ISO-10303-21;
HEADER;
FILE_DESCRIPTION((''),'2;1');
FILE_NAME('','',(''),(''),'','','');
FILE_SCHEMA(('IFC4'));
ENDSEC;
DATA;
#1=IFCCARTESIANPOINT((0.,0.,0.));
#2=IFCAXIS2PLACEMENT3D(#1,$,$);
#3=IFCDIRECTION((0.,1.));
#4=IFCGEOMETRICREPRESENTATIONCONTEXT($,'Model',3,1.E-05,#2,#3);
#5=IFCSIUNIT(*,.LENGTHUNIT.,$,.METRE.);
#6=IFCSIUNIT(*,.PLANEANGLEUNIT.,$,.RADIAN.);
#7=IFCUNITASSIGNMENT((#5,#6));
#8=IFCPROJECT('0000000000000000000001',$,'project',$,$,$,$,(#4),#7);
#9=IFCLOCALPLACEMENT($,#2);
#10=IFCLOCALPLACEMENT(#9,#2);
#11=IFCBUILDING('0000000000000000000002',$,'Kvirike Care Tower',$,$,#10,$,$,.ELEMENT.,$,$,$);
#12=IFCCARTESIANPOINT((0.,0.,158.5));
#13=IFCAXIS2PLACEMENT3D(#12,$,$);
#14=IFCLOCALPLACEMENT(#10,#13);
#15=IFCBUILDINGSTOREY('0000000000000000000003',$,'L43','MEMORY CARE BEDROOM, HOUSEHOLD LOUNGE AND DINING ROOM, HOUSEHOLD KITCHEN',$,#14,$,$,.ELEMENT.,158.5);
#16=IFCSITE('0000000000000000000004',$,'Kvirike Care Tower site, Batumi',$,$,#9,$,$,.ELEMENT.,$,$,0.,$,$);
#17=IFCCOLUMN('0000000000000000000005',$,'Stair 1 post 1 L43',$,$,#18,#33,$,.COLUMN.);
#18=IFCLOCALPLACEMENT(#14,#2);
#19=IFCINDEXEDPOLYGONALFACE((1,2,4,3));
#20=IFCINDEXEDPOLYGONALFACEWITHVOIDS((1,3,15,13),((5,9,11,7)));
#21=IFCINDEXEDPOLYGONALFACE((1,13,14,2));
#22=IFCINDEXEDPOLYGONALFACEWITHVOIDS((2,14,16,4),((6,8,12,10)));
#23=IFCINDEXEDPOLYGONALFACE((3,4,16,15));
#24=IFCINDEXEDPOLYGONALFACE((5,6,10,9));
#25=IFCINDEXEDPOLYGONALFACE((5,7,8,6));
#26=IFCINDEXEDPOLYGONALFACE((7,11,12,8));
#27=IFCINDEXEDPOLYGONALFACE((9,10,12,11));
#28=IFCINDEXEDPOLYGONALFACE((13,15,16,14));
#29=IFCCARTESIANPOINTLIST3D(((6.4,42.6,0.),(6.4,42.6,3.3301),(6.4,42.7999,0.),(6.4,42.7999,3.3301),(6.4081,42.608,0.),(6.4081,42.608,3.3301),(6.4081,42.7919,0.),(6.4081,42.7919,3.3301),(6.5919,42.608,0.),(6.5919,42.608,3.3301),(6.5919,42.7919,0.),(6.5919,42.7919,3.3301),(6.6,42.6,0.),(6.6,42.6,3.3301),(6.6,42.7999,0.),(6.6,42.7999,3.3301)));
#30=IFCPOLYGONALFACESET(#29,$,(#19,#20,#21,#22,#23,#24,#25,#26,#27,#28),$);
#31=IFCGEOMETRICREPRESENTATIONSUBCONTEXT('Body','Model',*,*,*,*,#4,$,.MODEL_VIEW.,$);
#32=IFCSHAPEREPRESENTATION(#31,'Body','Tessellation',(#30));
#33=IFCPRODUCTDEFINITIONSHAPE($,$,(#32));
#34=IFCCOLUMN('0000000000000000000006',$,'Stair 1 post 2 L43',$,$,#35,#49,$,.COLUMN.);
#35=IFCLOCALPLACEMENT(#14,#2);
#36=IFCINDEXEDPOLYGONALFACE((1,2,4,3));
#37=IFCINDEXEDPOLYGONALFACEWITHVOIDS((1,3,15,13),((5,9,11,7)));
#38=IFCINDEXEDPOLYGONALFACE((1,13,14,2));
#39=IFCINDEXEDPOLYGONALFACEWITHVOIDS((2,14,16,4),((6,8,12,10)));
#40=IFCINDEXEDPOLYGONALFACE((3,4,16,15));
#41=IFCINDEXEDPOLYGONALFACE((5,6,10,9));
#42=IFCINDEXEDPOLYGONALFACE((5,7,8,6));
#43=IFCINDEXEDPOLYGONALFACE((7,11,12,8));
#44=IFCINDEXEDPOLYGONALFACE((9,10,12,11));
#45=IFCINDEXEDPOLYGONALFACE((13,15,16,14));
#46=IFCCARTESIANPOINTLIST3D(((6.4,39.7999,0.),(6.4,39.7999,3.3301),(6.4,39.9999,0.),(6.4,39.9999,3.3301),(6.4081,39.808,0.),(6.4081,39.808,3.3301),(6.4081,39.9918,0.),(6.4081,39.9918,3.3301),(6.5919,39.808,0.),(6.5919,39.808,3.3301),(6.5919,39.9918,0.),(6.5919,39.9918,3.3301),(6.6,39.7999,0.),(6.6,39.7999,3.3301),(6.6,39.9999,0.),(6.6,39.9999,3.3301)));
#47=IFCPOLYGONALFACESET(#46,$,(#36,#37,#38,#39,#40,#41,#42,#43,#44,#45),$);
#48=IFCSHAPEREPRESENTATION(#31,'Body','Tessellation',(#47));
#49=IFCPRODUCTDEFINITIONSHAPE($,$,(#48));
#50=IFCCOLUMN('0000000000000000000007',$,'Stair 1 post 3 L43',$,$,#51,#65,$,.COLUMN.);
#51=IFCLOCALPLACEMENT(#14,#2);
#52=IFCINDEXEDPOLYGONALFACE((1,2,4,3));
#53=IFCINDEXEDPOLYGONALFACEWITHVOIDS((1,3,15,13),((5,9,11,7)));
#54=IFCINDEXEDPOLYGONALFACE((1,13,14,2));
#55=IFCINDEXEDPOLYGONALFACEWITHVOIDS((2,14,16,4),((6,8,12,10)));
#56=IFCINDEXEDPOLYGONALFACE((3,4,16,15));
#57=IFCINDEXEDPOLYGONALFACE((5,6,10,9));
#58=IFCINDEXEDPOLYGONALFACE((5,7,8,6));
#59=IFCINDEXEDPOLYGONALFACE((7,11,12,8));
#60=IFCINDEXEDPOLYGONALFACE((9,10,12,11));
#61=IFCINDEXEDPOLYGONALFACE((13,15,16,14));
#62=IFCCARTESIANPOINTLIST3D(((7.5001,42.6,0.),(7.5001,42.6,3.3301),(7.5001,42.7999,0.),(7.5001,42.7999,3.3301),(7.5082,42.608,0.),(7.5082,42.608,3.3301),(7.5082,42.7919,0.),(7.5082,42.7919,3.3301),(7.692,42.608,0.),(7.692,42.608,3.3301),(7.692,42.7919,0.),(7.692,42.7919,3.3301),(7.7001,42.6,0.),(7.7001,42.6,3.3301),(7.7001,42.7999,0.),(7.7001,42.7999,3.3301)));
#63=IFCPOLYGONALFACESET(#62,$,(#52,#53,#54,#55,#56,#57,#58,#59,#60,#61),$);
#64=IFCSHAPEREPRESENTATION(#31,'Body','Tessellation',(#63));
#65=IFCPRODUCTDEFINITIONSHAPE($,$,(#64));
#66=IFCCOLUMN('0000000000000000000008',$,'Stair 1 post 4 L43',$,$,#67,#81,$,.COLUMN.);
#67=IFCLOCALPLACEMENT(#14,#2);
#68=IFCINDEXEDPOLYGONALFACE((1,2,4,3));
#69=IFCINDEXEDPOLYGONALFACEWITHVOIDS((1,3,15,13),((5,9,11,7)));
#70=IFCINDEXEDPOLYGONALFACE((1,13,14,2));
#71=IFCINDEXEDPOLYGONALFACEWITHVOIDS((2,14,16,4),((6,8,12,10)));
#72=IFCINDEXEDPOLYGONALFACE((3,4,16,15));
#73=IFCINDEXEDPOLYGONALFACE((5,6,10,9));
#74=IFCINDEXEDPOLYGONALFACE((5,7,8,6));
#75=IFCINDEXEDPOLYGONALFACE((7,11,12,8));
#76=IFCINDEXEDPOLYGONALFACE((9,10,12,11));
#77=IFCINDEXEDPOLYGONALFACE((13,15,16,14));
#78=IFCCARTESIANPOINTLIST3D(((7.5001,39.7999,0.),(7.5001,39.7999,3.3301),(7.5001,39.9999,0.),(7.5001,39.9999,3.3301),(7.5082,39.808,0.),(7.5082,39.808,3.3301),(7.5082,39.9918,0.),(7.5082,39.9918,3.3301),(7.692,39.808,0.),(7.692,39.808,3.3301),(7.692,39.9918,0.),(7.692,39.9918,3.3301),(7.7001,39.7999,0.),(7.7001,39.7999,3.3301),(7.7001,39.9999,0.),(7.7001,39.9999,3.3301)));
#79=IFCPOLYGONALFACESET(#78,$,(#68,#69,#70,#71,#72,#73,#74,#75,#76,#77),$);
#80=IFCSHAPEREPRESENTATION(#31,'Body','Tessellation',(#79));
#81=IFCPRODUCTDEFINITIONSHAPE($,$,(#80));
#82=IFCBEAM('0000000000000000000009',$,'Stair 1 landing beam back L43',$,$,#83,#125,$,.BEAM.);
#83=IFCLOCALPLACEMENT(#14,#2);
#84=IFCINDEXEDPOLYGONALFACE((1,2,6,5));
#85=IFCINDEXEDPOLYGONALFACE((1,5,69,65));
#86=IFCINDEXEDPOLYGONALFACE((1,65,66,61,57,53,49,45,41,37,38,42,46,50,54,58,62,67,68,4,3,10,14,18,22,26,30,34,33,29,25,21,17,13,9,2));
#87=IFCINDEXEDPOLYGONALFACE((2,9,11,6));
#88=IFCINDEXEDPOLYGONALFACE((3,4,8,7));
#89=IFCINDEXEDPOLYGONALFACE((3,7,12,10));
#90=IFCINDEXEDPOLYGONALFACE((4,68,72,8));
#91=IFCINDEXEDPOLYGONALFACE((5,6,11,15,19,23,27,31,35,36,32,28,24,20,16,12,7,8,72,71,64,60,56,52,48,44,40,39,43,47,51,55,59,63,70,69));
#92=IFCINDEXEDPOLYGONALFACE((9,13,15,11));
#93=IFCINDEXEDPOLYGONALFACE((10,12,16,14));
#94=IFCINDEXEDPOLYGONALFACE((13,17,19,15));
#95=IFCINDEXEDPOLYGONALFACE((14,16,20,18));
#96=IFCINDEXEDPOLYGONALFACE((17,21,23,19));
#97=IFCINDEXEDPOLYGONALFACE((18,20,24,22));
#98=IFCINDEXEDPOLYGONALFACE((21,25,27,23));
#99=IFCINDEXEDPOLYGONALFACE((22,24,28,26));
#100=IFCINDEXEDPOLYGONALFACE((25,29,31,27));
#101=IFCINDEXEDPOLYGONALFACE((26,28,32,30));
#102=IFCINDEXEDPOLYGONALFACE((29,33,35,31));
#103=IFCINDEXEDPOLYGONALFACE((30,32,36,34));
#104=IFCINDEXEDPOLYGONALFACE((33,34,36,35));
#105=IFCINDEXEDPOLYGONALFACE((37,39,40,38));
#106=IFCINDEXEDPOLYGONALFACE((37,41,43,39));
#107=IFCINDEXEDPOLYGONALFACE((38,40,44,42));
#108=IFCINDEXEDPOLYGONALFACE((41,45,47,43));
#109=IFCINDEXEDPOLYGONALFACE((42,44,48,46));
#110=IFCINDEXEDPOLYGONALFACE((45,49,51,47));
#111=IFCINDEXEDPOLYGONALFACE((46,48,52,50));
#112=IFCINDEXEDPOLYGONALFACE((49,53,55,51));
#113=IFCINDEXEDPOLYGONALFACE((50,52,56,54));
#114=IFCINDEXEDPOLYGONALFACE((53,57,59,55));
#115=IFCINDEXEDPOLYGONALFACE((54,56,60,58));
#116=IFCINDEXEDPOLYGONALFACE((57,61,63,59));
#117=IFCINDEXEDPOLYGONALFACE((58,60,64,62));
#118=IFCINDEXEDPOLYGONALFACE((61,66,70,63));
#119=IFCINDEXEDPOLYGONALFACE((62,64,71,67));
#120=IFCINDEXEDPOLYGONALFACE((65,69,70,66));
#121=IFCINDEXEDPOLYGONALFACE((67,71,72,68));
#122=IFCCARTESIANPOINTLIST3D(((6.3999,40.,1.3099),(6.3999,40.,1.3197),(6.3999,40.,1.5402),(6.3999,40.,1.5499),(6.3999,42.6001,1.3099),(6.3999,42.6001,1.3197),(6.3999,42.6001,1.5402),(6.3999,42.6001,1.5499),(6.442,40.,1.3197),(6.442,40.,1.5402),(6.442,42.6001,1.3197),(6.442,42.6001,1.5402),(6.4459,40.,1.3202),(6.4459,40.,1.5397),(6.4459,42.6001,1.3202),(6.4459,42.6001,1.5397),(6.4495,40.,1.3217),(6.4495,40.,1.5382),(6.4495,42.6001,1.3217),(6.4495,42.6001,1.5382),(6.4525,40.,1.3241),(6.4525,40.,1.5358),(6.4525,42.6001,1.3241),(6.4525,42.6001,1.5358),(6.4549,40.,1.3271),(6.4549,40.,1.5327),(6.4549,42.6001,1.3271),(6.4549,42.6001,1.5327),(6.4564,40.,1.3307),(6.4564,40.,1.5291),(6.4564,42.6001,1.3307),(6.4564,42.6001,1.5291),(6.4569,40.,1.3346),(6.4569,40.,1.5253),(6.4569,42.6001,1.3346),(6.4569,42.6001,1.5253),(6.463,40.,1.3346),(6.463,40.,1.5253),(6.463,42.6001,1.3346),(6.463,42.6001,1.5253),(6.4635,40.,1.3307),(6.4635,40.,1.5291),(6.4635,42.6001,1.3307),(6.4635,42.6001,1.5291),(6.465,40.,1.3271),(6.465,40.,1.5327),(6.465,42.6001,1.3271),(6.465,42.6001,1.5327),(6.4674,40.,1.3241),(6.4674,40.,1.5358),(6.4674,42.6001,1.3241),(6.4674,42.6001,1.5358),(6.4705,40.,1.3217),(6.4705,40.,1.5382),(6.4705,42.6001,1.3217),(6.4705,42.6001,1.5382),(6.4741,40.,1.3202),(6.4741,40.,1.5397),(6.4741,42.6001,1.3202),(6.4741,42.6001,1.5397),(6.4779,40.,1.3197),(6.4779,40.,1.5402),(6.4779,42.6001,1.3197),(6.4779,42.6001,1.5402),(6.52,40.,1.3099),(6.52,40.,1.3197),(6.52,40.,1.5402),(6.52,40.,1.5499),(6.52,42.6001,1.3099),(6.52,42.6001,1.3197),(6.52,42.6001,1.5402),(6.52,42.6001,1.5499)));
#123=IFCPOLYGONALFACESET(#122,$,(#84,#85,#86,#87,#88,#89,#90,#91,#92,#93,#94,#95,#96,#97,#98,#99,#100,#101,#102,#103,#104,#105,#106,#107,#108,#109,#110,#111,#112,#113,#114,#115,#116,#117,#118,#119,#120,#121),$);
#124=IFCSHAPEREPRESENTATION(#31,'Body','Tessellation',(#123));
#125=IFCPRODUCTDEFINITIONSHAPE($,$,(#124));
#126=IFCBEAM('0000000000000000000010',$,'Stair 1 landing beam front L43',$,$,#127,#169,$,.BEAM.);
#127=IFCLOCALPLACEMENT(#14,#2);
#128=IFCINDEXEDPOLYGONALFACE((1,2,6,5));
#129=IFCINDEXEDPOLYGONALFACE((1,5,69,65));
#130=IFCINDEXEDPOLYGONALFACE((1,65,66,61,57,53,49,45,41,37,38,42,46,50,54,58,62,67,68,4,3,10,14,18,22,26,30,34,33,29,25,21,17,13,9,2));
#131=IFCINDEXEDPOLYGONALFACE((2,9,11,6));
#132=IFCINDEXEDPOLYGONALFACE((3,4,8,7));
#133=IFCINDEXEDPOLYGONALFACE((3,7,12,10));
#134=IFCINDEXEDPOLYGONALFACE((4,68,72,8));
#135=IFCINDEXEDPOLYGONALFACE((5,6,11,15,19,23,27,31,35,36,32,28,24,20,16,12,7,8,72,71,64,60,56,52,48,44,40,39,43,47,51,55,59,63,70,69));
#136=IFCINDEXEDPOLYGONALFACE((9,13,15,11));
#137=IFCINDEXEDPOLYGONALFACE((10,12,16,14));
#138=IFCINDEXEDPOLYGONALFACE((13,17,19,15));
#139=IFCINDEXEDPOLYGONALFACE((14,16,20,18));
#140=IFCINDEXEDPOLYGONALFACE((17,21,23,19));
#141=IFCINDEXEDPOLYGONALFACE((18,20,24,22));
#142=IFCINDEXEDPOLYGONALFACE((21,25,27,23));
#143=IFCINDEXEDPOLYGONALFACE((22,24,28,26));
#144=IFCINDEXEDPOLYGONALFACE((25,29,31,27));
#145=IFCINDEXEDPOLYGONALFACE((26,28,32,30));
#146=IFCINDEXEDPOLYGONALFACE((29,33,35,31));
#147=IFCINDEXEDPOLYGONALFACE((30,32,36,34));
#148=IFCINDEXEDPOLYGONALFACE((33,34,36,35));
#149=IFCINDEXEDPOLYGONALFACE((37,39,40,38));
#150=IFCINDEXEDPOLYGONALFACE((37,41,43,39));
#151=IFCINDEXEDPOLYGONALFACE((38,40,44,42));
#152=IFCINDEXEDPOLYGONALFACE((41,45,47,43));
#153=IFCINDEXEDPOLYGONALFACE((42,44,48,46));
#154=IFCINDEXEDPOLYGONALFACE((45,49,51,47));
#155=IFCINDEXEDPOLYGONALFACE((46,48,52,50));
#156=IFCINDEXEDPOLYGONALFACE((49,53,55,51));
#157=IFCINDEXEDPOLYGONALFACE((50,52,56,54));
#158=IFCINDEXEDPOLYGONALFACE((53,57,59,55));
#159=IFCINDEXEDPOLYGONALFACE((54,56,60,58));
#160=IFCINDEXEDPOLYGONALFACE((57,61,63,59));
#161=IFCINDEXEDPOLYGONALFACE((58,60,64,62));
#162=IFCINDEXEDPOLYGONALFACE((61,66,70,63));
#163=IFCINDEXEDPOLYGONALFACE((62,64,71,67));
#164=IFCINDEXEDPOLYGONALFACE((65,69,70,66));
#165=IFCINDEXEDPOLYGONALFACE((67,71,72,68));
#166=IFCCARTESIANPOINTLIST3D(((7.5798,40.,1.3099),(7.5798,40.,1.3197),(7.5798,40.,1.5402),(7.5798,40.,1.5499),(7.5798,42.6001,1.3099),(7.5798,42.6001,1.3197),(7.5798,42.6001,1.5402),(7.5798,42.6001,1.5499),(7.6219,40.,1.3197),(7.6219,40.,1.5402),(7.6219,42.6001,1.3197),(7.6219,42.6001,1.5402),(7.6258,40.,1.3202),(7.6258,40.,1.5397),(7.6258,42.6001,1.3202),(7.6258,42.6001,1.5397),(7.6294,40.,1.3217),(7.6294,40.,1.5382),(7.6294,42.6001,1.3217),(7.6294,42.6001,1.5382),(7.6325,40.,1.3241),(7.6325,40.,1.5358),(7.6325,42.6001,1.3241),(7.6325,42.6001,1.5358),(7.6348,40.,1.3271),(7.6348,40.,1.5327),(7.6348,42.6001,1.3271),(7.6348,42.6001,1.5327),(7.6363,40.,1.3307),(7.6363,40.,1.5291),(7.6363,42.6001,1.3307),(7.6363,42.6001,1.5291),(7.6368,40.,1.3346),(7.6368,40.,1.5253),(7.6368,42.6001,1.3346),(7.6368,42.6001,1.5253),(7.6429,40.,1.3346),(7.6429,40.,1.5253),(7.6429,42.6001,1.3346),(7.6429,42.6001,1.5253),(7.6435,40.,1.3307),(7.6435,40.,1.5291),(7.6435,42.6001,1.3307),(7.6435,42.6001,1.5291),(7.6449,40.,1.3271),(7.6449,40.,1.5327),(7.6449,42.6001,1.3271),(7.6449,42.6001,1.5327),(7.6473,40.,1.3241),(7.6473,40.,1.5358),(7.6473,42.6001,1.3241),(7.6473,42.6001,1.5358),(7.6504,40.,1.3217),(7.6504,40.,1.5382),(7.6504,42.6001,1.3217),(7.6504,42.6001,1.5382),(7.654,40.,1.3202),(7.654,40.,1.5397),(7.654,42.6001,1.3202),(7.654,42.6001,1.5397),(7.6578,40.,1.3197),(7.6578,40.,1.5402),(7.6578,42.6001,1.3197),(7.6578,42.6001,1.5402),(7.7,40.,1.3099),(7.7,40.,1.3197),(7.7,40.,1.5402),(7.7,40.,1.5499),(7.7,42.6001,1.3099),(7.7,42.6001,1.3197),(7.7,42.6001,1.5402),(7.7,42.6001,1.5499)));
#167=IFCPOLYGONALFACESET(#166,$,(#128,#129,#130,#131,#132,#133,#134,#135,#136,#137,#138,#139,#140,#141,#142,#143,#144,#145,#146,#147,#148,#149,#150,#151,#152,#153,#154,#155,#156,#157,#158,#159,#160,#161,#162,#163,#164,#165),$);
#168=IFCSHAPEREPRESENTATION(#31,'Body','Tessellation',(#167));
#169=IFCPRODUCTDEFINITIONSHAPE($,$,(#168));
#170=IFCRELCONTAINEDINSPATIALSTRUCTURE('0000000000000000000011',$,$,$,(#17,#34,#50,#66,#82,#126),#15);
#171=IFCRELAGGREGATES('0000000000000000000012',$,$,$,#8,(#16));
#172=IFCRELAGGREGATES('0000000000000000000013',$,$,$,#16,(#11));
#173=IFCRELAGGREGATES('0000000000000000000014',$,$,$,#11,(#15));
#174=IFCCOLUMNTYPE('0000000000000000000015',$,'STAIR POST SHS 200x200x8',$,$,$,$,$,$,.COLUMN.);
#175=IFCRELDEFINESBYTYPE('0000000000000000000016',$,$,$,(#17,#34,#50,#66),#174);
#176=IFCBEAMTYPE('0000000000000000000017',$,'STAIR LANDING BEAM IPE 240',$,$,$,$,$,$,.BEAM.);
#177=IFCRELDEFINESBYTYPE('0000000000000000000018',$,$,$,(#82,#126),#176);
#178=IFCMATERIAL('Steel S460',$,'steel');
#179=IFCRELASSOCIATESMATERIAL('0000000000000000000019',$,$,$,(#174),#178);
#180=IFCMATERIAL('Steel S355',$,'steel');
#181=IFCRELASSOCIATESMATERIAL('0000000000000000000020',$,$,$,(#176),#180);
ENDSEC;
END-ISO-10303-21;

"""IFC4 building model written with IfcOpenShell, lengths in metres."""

from ifc_helpers import new_model, si_unit, direction, frame, origin, origin_2d, place, context, subcontext, project, spatial, hollow_rectangle, i_section, extrude, material, material_profile, profile_set, type_object, element, save


model = new_model("IFC4")

# Units and contexts
model_context = context("Model", 3, precision=1e-05, world=origin(), true_north=direction((0.0, 1.0)))
body_context = subcontext(model_context, "Body", "Model", "MODEL_VIEW")
ifc_project = project(units=[si_unit("LENGTHUNIT", "METRE"), si_unit("PLANEANGLEUNIT", "RADIAN")], contexts=[model_context])

# Site, building, storey
site_placement = place(None, origin())
site = spatial("IfcSite", under=ifc_project, at=site_placement, Name="Kvirike Care Tower site, Batumi", CompositionType="ELEMENT", RefElevation=0.0)
building_placement = place(site_placement, origin())
building = spatial("IfcBuilding", under=site, at=building_placement, Name="Kvirike Care Tower", CompositionType="ELEMENT")
storey_placement = place(building_placement, frame((0.0, 0.0, 158.5)))
storey = spatial("IfcBuildingStorey", under=building, at=storey_placement, Name="L43", Description="MEMORY CARE BEDROOM, HOUSEHOLD LOUNGE AND DINING ROOM, HOUSEHOLD KITCHEN", CompositionType="ELEMENT", Elevation=158.5)

# Columns
ifc_material_1 = material(Name="Steel S460", Category="steel")
ifc_material_profile_1 = material_profile(ifc_material_1, hollow_rectangle(XDim=0.2, YDim=0.2, WallThickness=0.0081, at=origin_2d()), Name="SHS 200x200x8")
ifc_profile_set_1 = profile_set([ifc_material_profile_1], Name="Steel S460")
column_type = type_object("IfcColumnType", Name="STAIR POST SHS 200x200x8", PredefinedType="COLUMN", material=ifc_profile_set_1)
for number, where, z_axis, x_axis, name in (
    (1, (6.5, 42.7, 0.0), (0.0, 0.0, 1.0), (1.0, 0.0, 0.0), "Stair 1 post 1 L43"),
    (2, (6.5, 39.8999, 0.0), (0.0, 0.0, 1.0), (1.0, 0.0, 0.0), "Stair 1 post 2 L43"),
    (3, (7.6001, 42.7, 0.0), (0.0, 0.0, 1.0), (1.0, 0.0, 0.0), "Stair 1 post 3 L43"),
    (4, (7.6001, 39.8999, 0.0), (0.0, 0.0, 1.0), (1.0, 0.0, 0.0), "Stair 1 post 4 L43"),
):
    element("IfcColumn", number, at=place(storey_placement, frame(where, z_axis=z_axis, x_axis=x_axis)), inside=storey, type_object=column_type, Name=name, PredefinedType="COLUMN", context=body_context, shape_type="SweptSolid", body=[
        extrude(hollow_rectangle(XDim=0.2, YDim=0.2, WallThickness=0.0081, at=origin_2d()), origin(), (0.0, 0.0, 1.0), 3.3301),
    ])

# Beams
ifc_material_2 = material(Name="Steel S355", Category="steel")
ifc_material_profile_2 = material_profile(ifc_material_2, i_section(OverallWidth=0.1201, OverallDepth=0.24, WebThickness=0.0061, FlangeThickness=0.0098, FilletRadius=0.0149, at=origin_2d()), Name="IPE 240")
ifc_profile_set_2 = profile_set([ifc_material_profile_2], Name="Steel S355")
beam_type = type_object("IfcBeamType", Name="STAIR LANDING BEAM IPE 240", PredefinedType="BEAM", material=ifc_profile_set_2)
for number, where, z_axis, x_axis, name in (
    (5, (6.46, 42.6001, 1.4299), (0.0, -1.0, 0.0), (1.0, 0.0, 0.0), "Stair 1 landing beam back L43"),
    (6, (7.6399, 42.6001, 1.4299), (0.0, -1.0, 0.0), (1.0, 0.0, 0.0), "Stair 1 landing beam front L43"),
):
    element("IfcBeam", number, at=place(storey_placement, frame(where, z_axis=z_axis, x_axis=x_axis)), inside=storey, type_object=beam_type, Name=name, PredefinedType="BEAM", context=body_context, shape_type="SweptSolid", body=[
        extrude(i_section(OverallWidth=0.1201, OverallDepth=0.24, WebThickness=0.0061, FlangeThickness=0.0098, FilletRadius=0.0149, at=origin_2d()), origin(), (0.0, 0.0, 1.0), 2.6001),
    ])

save(model, "model.ifc")
